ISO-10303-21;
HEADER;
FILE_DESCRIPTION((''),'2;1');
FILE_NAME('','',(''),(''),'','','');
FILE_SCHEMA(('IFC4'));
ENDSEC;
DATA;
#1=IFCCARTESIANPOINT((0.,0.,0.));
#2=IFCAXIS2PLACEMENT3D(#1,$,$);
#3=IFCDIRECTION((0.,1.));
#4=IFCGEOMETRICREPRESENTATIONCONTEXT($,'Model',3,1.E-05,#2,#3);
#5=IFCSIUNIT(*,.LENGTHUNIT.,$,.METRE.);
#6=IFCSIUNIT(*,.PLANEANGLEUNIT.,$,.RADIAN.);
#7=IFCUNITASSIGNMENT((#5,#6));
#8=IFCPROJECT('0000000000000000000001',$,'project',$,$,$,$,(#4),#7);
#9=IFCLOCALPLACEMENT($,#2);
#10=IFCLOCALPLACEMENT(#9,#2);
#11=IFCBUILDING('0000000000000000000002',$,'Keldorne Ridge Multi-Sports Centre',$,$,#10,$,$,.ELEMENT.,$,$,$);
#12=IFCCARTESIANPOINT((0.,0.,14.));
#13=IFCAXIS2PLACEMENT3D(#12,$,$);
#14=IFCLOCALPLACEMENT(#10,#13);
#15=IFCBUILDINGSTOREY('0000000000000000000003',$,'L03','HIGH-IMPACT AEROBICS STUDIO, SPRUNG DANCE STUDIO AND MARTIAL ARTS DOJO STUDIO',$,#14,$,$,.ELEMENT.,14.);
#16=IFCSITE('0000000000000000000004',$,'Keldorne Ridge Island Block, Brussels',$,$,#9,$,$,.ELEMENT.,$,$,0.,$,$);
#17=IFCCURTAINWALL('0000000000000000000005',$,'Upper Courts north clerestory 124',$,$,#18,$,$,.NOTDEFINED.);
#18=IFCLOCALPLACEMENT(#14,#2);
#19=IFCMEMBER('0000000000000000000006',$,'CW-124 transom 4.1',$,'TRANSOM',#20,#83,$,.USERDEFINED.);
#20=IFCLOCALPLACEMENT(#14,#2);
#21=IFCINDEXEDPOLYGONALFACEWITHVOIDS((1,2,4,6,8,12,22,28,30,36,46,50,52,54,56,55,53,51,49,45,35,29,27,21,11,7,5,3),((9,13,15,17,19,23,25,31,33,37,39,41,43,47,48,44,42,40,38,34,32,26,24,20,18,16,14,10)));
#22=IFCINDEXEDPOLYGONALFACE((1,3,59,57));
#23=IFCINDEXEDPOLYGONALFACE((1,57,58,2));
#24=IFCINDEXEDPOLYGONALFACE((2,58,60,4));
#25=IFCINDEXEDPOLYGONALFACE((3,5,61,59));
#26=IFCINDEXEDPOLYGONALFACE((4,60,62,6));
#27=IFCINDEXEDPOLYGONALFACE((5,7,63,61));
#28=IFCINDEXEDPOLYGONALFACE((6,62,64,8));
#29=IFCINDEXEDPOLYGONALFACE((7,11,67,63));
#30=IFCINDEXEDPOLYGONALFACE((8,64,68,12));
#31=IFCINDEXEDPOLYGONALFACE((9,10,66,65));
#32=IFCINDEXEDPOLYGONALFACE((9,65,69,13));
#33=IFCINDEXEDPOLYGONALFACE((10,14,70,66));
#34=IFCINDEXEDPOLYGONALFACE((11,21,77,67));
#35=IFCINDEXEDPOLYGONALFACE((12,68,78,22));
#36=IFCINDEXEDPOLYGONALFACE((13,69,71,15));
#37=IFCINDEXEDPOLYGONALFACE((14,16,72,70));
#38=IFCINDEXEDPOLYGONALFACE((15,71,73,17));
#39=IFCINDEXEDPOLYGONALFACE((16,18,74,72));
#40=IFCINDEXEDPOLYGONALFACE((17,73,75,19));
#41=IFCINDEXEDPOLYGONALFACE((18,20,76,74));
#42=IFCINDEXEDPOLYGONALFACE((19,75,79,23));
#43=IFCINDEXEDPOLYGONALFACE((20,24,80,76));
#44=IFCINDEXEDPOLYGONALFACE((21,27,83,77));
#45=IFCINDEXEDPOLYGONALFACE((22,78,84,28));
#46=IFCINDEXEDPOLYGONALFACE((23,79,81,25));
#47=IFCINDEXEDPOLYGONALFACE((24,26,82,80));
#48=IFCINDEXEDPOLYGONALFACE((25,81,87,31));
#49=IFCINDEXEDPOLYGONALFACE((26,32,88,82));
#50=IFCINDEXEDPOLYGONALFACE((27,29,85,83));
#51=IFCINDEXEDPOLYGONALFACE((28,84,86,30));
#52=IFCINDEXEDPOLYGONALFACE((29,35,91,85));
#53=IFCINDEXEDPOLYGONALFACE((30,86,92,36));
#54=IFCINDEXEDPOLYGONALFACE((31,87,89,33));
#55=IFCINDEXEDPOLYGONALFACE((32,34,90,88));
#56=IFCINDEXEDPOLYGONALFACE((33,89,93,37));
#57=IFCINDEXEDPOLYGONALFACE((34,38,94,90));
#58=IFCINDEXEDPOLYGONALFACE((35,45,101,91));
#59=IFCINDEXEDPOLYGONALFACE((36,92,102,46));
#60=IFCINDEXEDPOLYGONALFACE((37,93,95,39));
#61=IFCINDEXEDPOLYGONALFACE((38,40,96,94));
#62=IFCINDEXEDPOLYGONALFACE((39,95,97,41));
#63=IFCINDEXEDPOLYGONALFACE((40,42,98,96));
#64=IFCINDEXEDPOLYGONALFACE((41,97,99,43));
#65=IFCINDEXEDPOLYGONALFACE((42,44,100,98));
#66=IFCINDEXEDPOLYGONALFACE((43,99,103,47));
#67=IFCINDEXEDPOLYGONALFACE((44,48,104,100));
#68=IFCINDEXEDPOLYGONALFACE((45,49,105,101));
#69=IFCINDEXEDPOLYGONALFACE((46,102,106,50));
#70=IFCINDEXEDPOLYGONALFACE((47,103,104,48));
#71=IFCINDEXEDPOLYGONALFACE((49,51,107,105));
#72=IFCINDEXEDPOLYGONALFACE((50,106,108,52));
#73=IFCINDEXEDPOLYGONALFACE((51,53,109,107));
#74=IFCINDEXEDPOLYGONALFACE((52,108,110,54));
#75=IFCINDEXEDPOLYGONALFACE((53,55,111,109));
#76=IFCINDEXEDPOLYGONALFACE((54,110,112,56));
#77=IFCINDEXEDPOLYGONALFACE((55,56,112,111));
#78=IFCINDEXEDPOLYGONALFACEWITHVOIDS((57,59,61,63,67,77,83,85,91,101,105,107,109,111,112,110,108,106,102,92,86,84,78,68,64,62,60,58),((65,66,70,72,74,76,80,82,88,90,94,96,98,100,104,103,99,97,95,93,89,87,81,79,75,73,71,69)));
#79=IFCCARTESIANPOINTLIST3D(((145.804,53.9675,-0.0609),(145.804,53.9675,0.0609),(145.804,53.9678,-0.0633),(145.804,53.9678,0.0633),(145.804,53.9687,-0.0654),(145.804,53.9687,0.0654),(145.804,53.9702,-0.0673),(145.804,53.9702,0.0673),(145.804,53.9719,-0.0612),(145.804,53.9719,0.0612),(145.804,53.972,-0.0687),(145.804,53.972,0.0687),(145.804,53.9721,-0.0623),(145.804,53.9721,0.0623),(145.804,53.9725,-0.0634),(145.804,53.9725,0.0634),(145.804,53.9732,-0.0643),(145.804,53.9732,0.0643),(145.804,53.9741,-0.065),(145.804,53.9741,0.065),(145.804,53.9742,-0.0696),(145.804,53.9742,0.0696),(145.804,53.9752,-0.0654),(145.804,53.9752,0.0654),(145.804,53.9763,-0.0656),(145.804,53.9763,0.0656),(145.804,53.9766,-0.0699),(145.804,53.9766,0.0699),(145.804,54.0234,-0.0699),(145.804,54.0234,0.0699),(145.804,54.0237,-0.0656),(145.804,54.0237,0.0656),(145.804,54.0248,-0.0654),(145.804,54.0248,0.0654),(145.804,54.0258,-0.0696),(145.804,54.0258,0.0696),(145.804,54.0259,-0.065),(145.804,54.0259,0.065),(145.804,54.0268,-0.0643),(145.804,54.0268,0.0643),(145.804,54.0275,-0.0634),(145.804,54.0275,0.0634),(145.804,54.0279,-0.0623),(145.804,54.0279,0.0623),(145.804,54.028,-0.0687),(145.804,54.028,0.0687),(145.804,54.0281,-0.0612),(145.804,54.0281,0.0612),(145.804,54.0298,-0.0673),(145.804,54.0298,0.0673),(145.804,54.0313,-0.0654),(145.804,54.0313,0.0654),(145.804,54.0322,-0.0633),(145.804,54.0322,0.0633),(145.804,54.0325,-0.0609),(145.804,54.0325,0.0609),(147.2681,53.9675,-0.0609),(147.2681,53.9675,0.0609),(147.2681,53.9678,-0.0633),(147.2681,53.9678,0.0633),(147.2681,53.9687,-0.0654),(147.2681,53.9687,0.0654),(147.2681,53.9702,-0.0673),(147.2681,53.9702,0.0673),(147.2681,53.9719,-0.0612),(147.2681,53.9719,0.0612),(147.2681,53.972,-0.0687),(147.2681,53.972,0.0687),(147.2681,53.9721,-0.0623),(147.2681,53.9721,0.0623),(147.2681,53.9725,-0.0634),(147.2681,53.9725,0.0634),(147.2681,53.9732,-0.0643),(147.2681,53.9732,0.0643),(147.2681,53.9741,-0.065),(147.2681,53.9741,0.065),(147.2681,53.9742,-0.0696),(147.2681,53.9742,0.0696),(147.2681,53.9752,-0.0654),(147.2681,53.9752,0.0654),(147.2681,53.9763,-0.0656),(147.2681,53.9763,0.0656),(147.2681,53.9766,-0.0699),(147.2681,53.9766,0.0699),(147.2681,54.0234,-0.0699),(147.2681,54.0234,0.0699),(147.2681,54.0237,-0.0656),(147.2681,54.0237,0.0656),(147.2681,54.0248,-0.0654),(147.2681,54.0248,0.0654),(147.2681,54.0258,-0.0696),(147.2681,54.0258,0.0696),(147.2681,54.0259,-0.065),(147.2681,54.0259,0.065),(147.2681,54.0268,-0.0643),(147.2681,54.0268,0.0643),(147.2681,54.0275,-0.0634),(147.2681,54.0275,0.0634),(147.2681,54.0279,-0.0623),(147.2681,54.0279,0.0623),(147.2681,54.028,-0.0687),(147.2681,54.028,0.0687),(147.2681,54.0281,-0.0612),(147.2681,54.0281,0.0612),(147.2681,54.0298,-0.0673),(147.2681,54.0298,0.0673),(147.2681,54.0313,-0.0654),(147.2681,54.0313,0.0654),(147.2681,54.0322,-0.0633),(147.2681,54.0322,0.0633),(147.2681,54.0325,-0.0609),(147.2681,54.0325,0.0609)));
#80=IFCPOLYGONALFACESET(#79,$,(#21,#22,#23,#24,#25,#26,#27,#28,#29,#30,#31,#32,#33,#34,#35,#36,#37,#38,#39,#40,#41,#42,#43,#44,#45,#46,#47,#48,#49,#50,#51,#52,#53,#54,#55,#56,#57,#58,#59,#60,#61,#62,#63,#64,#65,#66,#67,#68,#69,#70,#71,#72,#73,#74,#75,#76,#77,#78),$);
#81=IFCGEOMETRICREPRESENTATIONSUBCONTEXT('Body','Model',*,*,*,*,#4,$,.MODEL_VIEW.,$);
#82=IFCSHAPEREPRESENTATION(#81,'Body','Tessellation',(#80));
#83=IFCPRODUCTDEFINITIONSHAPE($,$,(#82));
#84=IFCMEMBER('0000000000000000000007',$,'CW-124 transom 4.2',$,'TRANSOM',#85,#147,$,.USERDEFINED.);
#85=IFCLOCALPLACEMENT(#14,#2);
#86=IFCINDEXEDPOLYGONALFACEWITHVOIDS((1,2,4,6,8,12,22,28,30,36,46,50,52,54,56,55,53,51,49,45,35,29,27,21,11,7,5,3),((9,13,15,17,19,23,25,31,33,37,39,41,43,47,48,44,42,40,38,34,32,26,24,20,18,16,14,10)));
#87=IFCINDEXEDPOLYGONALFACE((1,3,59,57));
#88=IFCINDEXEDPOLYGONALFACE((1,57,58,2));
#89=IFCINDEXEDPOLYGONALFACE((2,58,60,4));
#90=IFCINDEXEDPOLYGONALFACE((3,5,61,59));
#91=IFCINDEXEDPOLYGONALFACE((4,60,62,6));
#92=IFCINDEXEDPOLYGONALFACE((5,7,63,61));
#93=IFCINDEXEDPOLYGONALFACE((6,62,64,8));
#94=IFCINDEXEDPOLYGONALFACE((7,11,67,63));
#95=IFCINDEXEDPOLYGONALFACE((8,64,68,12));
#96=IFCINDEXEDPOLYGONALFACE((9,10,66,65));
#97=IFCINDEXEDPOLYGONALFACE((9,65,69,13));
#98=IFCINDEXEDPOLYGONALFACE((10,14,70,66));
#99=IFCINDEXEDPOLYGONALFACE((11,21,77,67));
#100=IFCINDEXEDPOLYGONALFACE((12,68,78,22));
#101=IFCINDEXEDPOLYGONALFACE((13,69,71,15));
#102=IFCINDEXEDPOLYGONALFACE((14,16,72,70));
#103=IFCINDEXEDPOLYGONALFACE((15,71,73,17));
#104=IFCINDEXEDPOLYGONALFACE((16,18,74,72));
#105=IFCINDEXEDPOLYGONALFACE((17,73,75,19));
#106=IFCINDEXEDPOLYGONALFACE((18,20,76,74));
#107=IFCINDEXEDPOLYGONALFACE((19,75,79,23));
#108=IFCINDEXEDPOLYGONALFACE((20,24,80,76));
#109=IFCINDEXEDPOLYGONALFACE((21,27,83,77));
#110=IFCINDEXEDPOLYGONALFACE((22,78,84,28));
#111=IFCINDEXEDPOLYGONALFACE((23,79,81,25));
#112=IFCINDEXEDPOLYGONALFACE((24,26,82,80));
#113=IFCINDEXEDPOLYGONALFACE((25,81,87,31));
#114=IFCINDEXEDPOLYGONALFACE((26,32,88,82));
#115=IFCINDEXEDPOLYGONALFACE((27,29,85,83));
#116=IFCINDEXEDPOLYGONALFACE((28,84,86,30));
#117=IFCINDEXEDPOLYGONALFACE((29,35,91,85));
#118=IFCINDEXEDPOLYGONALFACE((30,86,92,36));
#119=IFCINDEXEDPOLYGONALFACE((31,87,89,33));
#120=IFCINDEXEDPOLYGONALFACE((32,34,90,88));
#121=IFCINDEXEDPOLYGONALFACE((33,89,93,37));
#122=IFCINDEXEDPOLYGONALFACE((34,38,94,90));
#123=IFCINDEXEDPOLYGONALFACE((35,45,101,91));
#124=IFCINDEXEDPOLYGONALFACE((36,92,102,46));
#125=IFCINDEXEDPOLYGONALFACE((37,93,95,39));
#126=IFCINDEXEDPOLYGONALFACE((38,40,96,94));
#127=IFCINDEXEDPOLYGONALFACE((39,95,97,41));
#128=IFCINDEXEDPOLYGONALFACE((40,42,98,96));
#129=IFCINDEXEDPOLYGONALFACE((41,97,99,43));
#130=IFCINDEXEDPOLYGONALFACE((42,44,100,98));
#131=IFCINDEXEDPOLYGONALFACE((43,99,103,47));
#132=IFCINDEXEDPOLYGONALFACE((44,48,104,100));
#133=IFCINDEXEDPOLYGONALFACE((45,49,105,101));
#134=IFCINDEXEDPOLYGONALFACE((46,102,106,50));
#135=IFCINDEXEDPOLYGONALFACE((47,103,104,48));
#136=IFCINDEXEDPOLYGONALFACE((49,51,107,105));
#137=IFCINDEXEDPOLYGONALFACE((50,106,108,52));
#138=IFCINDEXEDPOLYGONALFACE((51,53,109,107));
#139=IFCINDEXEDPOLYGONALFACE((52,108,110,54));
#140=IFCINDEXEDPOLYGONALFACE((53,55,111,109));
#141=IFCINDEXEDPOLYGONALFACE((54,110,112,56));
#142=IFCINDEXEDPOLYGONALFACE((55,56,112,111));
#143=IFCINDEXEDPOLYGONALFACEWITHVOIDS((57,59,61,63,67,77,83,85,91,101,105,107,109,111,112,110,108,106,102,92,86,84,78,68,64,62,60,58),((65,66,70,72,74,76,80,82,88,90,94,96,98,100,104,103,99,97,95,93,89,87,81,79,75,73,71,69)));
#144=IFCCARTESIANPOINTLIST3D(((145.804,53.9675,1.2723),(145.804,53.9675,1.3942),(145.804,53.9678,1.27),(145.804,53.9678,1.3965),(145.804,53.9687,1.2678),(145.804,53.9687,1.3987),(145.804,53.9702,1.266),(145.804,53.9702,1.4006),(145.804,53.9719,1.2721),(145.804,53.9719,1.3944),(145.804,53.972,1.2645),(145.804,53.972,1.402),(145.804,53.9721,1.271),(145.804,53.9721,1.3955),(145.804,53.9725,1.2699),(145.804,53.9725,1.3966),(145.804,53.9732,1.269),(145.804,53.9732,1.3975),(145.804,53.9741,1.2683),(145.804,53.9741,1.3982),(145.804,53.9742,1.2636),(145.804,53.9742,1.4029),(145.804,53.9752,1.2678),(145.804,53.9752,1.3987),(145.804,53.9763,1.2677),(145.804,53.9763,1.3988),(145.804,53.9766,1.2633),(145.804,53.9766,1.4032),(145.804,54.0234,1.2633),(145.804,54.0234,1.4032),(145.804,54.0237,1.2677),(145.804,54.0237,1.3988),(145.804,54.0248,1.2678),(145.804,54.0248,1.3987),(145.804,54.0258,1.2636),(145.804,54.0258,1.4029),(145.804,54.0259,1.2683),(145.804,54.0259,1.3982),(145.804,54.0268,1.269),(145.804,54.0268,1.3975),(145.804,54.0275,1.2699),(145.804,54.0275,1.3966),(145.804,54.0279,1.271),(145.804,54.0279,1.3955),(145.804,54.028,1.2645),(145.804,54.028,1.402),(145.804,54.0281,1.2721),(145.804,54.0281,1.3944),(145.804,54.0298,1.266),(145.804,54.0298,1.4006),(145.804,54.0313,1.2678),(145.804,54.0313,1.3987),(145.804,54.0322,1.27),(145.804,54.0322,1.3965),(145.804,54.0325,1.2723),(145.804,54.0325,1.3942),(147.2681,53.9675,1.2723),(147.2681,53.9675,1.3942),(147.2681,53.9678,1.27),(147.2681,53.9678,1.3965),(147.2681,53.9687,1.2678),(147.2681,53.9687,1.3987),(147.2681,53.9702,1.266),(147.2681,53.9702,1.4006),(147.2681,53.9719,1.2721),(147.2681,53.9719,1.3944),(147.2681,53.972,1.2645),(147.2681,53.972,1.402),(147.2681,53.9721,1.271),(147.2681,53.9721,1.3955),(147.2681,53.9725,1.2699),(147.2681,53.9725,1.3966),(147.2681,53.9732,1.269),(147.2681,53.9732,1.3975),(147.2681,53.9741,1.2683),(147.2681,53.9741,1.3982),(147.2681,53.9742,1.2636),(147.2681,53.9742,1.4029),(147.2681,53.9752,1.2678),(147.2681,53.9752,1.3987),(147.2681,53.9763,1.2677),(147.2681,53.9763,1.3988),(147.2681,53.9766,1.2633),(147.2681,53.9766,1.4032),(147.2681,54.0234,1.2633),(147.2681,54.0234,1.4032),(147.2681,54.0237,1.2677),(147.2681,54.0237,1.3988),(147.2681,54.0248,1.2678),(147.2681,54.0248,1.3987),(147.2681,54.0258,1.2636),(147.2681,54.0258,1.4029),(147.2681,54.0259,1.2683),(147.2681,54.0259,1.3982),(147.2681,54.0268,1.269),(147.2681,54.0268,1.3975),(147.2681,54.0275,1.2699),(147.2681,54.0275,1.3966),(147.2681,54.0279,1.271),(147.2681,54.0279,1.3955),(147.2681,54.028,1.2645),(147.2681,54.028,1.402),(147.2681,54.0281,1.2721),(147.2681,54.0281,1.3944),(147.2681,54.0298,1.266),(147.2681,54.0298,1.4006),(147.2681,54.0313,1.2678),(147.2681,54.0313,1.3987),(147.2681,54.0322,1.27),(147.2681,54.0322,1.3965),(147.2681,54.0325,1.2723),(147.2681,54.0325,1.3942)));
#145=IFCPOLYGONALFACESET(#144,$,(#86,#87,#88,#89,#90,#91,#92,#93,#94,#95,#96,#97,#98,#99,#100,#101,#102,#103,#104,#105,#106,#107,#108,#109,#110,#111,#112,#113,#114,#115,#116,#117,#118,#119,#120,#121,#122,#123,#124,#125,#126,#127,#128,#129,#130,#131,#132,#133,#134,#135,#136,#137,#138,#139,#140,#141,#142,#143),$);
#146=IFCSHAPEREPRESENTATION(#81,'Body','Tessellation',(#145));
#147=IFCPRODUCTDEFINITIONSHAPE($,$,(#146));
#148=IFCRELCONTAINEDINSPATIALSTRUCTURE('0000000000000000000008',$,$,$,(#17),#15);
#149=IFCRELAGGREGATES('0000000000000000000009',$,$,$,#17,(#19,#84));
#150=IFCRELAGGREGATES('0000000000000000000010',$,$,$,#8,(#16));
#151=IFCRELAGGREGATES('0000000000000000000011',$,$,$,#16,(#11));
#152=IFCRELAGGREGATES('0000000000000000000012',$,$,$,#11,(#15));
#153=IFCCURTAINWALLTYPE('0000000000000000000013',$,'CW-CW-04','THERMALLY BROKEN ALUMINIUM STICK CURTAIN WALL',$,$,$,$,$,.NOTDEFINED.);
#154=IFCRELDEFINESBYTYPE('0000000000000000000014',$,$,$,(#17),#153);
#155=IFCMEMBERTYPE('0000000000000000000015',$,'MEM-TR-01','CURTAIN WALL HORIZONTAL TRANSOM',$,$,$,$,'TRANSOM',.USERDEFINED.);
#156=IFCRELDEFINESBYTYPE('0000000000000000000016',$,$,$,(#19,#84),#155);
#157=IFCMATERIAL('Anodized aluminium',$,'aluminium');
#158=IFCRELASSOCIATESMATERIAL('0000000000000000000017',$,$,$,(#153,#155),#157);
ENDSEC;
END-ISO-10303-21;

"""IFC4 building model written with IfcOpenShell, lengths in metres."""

from ifc_helpers import new_model, si_unit, direction, frame, origin, origin_2d, place, context, subcontext, project, spatial, hollow_rectangle, extrude, material, material_profile, profile_set, type_object, element, aggregate, save


model = new_model("IFC4")

# Units and contexts
model_context = context("Model", 3, precision=1e-05, world=origin(), true_north=direction((0.0, 1.0)))
body_context = subcontext(model_context, "Body", "Model", "MODEL_VIEW")
ifc_project = project(units=[si_unit("LENGTHUNIT", "METRE"), si_unit("PLANEANGLEUNIT", "RADIAN")], contexts=[model_context])

# Site, building, storey
site_placement = place(None, origin())
site = spatial("IfcSite", under=ifc_project, at=site_placement, Name="Keldorne Ridge Island Block, Brussels", CompositionType="ELEMENT", RefElevation=0.0)
building_placement = place(site_placement, origin())
building = spatial("IfcBuilding", under=site, at=building_placement, Name="Keldorne Ridge Multi-Sports Centre", CompositionType="ELEMENT")
storey_placement = place(building_placement, frame((0.0, 0.0, 14.0)))
storey = spatial("IfcBuildingStorey", under=building, at=storey_placement, Name="L03", Description="HIGH-IMPACT AEROBICS STUDIO, SPRUNG DANCE STUDIO AND MARTIAL ARTS DOJO STUDIO", CompositionType="ELEMENT", Elevation=14.0)

# Shared definitions
ifc_material_1 = material(Name="Anodized aluminium", Category="aluminium")

# Curtain wall
curtain_wall_type_1 = type_object("IfcCurtainWallType", Name="CW-CW-04", Description="THERMALLY BROKEN ALUMINIUM STICK CURTAIN WALL", PredefinedType="NOTDEFINED", material=ifc_material_1)
curtain_wall_1_placement = place(storey_placement, origin())
curtain_wall_1 = element("IfcCurtainWall", 1, at=curtain_wall_1_placement, inside=storey, type_object=curtain_wall_type_1, Name="Upper Courts north clerestory 124", PredefinedType="NOTDEFINED")

# Members
ifc_material_profile_1 = material_profile(ifc_material_1, hollow_rectangle(XDim=0.0649, YDim=0.1399, WallThickness=0.0044, InnerFilletRadius=0.0044, OuterFilletRadius=0.009, at=origin_2d()), Name="ALU TRANSOM 140x65x4.5")
ifc_profile_set_1 = profile_set([ifc_material_profile_1], Name="Anodized aluminium")
member_type_1 = type_object("IfcMemberType", Name="MEM-TR-01", Description="CURTAIN WALL HORIZONTAL TRANSOM", ElementType="TRANSOM", PredefinedType="USERDEFINED", material=ifc_profile_set_1)
member_1_placement = place(storey_placement, frame((147.2681, 54.0, 0.0), z_axis=(-1.0, 0.0, 0.0), x_axis=(0.0, -1.0, 0.0)))
member_1 = element("IfcMember", 2, at=member_1_placement, type_object=member_type_1, Name="CW-124 transom 4.1", ObjectType="TRANSOM", PredefinedType="USERDEFINED", context=body_context, shape_type="SweptSolid", body=[
    extrude(hollow_rectangle(XDim=0.0649, YDim=0.1399, WallThickness=0.0044, InnerFilletRadius=0.0044, OuterFilletRadius=0.009, at=origin_2d()), origin(), (0.0, 0.0, 1.0), 1.4641),
])
member_2_placement = place(storey_placement, frame((147.2681, 54.0, 1.3333), z_axis=(-1.0, 0.0, 0.0), x_axis=(0.0, -1.0, 0.0)))
member_2 = element("IfcMember", 3, at=member_2_placement, type_object=member_type_1, Name="CW-124 transom 4.2", ObjectType="TRANSOM", PredefinedType="USERDEFINED", context=body_context, shape_type="SweptSolid", body=[
    extrude(hollow_rectangle(XDim=0.0649, YDim=0.1399, WallThickness=0.0044, InnerFilletRadius=0.0044, OuterFilletRadius=0.009, at=origin_2d()), origin(), (0.0, 0.0, 1.0), 1.4641),
])

aggregate(curtain_wall_1, [member_1, member_2])

save(model, "model.ifc")
